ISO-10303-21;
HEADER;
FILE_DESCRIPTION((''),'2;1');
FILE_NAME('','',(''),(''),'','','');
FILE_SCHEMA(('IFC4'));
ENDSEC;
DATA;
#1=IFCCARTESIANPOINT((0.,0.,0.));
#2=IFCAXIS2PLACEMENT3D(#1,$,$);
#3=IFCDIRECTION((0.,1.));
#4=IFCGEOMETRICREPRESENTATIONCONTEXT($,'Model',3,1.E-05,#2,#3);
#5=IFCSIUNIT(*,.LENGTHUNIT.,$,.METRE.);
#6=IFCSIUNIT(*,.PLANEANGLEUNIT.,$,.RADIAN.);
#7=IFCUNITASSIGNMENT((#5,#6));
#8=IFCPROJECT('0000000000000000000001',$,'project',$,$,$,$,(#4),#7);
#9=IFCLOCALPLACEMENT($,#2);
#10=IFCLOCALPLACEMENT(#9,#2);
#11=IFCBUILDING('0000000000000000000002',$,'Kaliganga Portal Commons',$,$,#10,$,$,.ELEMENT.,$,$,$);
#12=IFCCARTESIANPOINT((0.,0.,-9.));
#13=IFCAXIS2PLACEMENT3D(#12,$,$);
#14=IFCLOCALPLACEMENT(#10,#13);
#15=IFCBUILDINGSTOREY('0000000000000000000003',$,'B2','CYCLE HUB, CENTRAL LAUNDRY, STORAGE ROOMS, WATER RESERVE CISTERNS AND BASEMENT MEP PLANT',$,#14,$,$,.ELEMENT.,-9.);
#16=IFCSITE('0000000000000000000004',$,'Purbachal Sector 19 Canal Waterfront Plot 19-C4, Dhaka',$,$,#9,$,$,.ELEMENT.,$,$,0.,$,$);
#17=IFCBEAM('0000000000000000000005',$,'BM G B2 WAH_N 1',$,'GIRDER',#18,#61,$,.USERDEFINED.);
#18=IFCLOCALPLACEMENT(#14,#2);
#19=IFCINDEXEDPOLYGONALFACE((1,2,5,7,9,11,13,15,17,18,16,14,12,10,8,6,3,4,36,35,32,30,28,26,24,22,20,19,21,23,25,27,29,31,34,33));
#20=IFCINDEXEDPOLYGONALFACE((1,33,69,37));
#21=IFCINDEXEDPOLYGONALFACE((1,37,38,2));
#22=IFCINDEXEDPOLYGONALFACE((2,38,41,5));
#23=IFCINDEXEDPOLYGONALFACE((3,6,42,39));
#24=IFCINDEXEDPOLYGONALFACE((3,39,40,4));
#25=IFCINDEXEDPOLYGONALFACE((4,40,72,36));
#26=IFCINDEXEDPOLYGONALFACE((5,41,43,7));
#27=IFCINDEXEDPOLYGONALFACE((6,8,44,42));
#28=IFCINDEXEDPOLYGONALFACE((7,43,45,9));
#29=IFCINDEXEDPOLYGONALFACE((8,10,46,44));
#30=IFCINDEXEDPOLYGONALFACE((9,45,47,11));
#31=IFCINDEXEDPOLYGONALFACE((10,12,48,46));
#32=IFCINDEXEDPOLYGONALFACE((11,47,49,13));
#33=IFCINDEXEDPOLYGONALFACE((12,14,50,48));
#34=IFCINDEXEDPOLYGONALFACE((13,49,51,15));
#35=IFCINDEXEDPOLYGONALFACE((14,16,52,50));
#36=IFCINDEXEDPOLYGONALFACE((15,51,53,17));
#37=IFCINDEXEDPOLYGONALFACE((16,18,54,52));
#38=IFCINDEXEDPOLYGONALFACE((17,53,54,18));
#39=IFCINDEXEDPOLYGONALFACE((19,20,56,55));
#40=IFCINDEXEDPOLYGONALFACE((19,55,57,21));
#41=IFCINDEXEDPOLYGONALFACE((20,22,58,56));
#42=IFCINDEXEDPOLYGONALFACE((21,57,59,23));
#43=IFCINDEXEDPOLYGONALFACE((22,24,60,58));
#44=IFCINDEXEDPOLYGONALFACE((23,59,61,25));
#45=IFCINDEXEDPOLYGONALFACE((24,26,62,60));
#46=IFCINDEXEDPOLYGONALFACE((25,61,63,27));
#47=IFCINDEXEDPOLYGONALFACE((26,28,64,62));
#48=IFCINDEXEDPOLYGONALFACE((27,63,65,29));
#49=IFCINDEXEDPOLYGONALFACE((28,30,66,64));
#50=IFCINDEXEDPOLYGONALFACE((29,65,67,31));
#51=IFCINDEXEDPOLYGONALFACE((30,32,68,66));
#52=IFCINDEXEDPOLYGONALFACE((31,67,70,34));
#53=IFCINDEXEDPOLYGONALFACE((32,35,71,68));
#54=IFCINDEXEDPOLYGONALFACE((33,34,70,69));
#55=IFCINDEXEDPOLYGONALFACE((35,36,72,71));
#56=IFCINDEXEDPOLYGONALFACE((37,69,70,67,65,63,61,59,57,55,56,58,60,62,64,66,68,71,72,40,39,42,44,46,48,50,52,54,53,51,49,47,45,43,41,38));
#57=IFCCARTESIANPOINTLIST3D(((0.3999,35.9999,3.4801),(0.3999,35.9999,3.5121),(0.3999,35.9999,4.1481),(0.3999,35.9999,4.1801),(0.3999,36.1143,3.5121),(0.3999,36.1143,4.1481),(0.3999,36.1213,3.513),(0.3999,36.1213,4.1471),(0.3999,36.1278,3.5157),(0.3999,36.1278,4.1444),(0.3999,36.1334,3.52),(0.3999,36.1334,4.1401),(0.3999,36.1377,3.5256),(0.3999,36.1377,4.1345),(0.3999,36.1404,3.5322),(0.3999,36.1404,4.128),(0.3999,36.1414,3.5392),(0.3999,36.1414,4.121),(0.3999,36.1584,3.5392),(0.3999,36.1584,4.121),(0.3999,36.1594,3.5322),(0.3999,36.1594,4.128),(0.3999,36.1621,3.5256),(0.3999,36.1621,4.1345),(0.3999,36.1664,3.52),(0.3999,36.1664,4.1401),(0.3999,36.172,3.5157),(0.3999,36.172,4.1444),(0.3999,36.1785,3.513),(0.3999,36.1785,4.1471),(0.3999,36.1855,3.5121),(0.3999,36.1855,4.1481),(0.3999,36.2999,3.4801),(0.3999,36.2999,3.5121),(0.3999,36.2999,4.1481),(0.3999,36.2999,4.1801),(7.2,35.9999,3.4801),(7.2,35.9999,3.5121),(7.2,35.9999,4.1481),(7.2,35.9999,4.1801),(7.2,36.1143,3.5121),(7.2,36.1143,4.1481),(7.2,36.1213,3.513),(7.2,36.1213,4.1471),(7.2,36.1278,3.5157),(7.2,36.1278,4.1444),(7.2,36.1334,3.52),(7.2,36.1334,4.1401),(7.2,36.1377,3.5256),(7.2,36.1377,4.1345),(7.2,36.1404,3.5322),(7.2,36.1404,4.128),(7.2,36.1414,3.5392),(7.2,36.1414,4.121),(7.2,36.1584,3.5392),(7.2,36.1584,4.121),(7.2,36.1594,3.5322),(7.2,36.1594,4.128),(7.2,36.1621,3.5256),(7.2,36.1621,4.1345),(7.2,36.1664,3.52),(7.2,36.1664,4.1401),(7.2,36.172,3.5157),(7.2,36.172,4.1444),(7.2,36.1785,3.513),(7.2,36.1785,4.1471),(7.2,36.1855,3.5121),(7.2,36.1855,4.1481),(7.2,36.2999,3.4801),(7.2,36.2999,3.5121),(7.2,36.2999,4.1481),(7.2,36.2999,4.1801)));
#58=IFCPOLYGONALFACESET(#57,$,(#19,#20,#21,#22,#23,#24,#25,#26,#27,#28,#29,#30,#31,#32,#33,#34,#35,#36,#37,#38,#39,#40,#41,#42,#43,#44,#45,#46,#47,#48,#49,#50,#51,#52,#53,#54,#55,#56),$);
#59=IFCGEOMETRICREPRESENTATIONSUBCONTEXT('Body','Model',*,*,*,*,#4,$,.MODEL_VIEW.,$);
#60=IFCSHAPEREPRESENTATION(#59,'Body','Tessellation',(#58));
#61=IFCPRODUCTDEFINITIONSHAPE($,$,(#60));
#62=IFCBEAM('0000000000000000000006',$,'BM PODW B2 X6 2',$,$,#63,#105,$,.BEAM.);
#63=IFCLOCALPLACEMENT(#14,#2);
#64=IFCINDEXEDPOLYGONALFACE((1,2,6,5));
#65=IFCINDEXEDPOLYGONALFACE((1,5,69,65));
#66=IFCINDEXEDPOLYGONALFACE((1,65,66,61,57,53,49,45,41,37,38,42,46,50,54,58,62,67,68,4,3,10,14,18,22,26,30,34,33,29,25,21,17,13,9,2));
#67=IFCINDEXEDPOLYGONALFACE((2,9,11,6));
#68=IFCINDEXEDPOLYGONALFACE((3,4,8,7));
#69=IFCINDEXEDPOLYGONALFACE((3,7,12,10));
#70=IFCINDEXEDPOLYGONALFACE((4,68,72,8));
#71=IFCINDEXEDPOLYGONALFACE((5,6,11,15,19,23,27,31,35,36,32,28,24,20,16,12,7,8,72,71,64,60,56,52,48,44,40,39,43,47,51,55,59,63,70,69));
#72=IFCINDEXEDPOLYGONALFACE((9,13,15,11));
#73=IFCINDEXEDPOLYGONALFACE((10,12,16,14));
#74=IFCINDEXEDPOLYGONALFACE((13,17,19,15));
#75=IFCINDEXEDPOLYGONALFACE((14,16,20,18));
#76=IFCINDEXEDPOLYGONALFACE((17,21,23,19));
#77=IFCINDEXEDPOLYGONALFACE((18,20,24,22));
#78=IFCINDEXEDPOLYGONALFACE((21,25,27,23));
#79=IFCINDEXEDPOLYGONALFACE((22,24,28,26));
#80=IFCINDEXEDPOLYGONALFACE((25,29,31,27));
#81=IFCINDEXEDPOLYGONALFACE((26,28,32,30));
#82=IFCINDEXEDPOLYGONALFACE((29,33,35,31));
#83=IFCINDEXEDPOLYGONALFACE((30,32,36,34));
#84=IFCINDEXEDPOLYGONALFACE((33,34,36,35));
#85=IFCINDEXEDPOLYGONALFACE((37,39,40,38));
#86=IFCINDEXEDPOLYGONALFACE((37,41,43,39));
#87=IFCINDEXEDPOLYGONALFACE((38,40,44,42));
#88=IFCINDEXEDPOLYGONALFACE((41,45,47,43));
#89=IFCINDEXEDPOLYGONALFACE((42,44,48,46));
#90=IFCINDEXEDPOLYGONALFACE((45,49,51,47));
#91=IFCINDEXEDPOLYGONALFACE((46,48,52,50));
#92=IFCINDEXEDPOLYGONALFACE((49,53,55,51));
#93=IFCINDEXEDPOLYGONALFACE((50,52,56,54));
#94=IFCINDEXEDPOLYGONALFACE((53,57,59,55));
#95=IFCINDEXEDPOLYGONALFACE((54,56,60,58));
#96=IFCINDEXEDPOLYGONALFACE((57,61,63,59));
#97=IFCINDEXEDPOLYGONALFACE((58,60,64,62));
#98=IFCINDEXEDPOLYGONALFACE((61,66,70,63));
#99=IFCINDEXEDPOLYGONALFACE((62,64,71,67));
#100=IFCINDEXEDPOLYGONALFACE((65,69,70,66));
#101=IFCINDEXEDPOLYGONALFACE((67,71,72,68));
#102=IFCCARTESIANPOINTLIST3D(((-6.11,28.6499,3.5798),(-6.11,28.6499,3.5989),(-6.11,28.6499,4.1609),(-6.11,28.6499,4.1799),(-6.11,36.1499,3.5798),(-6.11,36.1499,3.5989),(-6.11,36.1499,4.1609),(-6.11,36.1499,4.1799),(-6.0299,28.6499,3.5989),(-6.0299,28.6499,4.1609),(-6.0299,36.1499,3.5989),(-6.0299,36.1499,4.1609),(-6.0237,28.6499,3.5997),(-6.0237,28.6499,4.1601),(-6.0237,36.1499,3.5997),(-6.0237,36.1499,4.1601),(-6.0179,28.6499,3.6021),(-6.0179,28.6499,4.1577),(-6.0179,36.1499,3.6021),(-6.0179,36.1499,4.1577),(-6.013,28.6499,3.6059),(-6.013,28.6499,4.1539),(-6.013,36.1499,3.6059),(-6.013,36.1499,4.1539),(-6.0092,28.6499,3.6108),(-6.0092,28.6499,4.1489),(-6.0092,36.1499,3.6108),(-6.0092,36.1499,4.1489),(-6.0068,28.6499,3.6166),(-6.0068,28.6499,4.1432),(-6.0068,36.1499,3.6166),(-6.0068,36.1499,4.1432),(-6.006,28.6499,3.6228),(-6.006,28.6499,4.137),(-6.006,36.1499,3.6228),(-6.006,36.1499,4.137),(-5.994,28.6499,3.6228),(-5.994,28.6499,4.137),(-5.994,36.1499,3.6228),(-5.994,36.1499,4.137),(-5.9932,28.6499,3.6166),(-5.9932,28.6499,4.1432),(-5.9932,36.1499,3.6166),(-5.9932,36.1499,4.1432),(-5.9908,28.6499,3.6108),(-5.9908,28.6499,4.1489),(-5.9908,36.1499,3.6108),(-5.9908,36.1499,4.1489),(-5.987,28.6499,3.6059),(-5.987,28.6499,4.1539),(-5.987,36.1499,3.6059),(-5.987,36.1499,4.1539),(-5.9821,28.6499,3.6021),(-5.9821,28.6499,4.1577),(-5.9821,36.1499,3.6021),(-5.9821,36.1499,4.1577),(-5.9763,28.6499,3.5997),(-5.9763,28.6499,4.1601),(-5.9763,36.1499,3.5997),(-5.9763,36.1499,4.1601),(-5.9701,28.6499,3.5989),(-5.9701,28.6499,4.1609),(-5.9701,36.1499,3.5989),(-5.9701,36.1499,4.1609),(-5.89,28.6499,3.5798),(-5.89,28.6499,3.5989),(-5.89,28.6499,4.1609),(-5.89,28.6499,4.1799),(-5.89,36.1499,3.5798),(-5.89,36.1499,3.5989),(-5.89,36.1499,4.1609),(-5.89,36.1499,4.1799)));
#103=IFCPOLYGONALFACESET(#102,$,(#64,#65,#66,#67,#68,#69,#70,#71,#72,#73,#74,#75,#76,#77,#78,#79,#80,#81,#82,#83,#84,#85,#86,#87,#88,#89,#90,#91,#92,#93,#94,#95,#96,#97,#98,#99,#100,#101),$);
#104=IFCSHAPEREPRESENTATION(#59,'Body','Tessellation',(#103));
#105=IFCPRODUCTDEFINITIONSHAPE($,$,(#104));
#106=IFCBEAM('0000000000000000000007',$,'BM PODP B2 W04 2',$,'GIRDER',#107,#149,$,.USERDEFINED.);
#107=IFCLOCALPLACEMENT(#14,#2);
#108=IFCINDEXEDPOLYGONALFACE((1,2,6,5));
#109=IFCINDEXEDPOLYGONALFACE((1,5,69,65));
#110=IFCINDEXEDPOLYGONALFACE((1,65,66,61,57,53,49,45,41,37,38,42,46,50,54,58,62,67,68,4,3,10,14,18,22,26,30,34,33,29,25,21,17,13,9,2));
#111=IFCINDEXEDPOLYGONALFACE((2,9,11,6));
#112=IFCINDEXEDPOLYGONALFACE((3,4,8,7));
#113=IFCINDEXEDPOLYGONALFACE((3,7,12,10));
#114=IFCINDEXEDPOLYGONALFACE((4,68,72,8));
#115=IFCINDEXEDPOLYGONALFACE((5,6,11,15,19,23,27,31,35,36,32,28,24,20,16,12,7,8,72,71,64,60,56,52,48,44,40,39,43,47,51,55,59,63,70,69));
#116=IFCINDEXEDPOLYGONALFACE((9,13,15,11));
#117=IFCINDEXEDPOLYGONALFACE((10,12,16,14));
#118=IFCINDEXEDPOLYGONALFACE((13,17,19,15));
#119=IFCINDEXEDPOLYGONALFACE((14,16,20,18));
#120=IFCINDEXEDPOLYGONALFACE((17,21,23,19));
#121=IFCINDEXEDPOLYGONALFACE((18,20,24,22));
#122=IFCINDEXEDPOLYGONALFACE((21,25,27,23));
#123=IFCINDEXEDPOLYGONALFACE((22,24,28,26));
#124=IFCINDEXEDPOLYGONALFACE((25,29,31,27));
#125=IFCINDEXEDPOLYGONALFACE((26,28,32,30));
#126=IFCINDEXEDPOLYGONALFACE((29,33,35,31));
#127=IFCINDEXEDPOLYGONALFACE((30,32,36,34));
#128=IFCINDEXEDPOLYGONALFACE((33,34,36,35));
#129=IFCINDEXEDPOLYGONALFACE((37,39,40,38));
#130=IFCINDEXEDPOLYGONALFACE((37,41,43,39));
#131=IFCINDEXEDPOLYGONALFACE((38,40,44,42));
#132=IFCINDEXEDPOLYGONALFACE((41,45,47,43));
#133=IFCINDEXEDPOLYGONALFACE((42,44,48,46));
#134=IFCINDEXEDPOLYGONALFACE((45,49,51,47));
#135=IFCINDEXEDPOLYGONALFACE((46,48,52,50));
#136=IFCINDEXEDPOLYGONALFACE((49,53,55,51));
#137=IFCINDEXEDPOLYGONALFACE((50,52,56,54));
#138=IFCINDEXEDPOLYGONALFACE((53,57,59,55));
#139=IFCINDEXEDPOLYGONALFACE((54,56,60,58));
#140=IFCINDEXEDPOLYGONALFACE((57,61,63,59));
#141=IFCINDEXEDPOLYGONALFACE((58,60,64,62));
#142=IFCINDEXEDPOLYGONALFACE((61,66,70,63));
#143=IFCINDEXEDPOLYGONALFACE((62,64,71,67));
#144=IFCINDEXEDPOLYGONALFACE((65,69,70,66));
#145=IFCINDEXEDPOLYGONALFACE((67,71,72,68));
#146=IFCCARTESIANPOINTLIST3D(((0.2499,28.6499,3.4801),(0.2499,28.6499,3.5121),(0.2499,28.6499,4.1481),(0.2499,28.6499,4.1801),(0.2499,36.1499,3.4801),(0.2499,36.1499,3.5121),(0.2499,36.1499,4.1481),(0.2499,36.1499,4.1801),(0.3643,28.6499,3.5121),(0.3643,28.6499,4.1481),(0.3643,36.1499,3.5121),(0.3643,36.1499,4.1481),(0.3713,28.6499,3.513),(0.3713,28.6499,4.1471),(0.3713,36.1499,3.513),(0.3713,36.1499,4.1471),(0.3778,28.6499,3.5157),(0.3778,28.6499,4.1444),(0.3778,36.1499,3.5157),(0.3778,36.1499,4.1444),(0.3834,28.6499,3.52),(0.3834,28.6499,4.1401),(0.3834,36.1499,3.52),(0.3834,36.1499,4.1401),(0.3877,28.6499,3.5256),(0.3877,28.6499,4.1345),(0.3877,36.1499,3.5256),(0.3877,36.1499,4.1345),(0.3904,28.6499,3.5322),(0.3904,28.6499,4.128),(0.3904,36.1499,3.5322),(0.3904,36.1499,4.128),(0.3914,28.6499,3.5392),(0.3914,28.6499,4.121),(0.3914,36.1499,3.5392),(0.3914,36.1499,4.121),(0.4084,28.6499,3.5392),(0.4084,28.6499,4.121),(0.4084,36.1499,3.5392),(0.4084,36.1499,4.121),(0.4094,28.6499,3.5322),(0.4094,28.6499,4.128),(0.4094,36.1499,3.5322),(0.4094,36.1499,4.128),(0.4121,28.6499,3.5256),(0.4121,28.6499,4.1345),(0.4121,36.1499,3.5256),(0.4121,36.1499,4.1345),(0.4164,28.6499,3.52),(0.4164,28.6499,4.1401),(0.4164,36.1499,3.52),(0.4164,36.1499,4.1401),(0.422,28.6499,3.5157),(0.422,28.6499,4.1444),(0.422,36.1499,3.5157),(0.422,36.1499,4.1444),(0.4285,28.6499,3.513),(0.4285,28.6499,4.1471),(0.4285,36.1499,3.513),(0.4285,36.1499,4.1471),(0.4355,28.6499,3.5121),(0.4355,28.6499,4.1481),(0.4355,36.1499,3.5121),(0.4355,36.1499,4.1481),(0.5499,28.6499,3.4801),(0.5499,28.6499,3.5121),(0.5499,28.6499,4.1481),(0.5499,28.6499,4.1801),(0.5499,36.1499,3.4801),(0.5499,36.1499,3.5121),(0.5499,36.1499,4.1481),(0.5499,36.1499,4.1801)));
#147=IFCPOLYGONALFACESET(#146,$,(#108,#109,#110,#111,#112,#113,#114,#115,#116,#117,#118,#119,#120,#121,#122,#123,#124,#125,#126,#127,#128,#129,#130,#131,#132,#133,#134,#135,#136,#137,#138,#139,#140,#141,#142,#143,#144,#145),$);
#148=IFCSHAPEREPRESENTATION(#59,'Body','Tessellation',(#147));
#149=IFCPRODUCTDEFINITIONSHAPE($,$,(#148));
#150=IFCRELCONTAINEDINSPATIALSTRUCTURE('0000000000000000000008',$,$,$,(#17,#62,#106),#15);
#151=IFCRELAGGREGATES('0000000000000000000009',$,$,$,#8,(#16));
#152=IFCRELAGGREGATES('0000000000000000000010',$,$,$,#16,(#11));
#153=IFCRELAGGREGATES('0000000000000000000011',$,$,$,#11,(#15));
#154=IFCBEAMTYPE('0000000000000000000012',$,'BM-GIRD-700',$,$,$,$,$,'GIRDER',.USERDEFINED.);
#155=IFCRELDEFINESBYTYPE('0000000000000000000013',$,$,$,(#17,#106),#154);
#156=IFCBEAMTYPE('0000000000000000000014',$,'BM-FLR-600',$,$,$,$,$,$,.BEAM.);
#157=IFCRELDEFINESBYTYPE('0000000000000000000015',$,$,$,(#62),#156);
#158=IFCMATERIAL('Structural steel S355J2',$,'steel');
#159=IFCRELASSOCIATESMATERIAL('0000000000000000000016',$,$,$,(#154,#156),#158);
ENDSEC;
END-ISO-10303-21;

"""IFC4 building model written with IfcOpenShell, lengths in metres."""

from ifc_helpers import new_model, si_unit, direction, frame, origin, origin_2d, place, context, subcontext, project, spatial, i_section, extrude, source, transform, mapped, material, material_profile, profile_set, type_object, element, save


model = new_model("IFC4")

# Units and contexts
model_context = context("Model", 3, precision=1e-05, world=origin(), true_north=direction((0.0, 1.0)))
body_context = subcontext(model_context, "Body", "Model", "MODEL_VIEW")
ifc_project = project(units=[si_unit("LENGTHUNIT", "METRE"), si_unit("PLANEANGLEUNIT", "RADIAN")], contexts=[model_context])

# Site, building, storey
site_placement = place(None, origin())
site = spatial("IfcSite", under=ifc_project, at=site_placement, Name="Purbachal Sector 19 Canal Waterfront Plot 19-C4, Dhaka", CompositionType="ELEMENT", RefElevation=0.0)
building_placement = place(site_placement, origin())
building = spatial("IfcBuilding", under=site, at=building_placement, Name="Kaliganga Portal Commons", CompositionType="ELEMENT")
storey_placement = place(building_placement, frame((0.0, 0.0, -9.0)))
storey = spatial("IfcBuildingStorey", under=building, at=storey_placement, Name="B2", Description="CYCLE HUB, CENTRAL LAUNDRY, STORAGE ROOMS, WATER RESERVE CISTERNS AND BASEMENT MEP PLANT", CompositionType="ELEMENT", Elevation=-9.0)

# Beams
ifc_material_1 = material(Name="Structural steel S355J2", Category="steel")
ifc_material_profile_1 = material_profile(ifc_material_1, i_section(OverallWidth=0.3, OverallDepth=0.7, WebThickness=0.0171, FlangeThickness=0.032, FilletRadius=0.0271, at=origin_2d()), Name="HE 700 B")
ifc_profile_set_1 = profile_set([ifc_material_profile_1], Name="Structural steel S355J2 wide-flange")
beam_type_1 = type_object("IfcBeamType", Name="BM-GIRD-700", ElementType="GIRDER", PredefinedType="USERDEFINED", material=ifc_profile_set_1)
shared_shape_1 = source(origin(), body_context, "Body", "SweptSolid", [
    extrude(i_section(OverallWidth=0.3, OverallDepth=0.7, WebThickness=0.0171, FlangeThickness=0.032, FilletRadius=0.0271, at=origin_2d()), origin(), (0.0, 0.0, 1.0), 6.8),
])
for number, where, z_axis, x_axis, name in (
    (1, (0.3999, 36.1499, 3.8301), (1.0, 0.0, 0.0), (0.0, 1.0, 0.0), "BM G B2 WAH_N 1"),
):
    element("IfcBeam", number, at=place(storey_placement, frame(where, z_axis=z_axis, x_axis=x_axis)), inside=storey, type_object=beam_type_1, Name=name, ObjectType="GIRDER", PredefinedType="USERDEFINED", context=body_context, shape_type="MappedRepresentation", body=[
        mapped(shared_shape_1, transform((0.0, 0.0, 0.0), x_axis=(1.0, 0.0, 0.0), y_axis=(0.0, 1.0, 0.0), z_axis=(0.0, 0.0, 1.0), scale=1.0)),
    ])
ifc_material_profile_2 = material_profile(ifc_material_1, i_section(OverallWidth=0.22, OverallDepth=0.6001, WebThickness=0.012, FlangeThickness=0.019, FilletRadius=0.0239, at=origin_2d()), Name="IPE 600")
ifc_profile_set_2 = profile_set([ifc_material_profile_2], Name="Structural steel S355J2 wide-flange")
beam_type_2 = type_object("IfcBeamType", Name="BM-FLR-600", PredefinedType="BEAM", material=ifc_profile_set_2)
shared_shape_2 = source(origin(), body_context, "Body", "SweptSolid", [
    extrude(i_section(OverallWidth=0.22, OverallDepth=0.6001, WebThickness=0.012, FlangeThickness=0.019, FilletRadius=0.0239, at=origin_2d()), origin(), (0.0, 0.0, 1.0), 7.5),
])
beam_1_placement = place(storey_placement, frame((-6.0, 28.6499, 3.8799), z_axis=(0.0, 1.0, 0.0), x_axis=(-1.0, 0.0, 0.0)))
element("IfcBeam", 2, at=beam_1_placement, inside=storey, type_object=beam_type_2, Name="BM PODW B2 X6 2", PredefinedType="BEAM", context=body_context, shape_type="MappedRepresentation", body=[
    mapped(shared_shape_2, transform((0.0, 0.0, 0.0), x_axis=(1.0, 0.0, 0.0), y_axis=(0.0, 1.0, 0.0), z_axis=(0.0, 0.0, 1.0), scale=1.0)),
])
shared_shape_3 = source(origin(), body_context, "Body", "SweptSolid", [
    extrude(i_section(OverallWidth=0.3, OverallDepth=0.7, WebThickness=0.0171, FlangeThickness=0.032, FilletRadius=0.0271, at=origin_2d()), origin(), (0.0, 0.0, 1.0), 7.5),
])
beam_2_placement = place(storey_placement, frame((0.3999, 28.6499, 3.8301), z_axis=(0.0, 1.0, 0.0), x_axis=(-1.0, 0.0, 0.0)))
element("IfcBeam", 3, at=beam_2_placement, inside=storey, type_object=beam_type_1, Name="BM PODP B2 W04 2", ObjectType="GIRDER", PredefinedType="USERDEFINED", context=body_context, shape_type="MappedRepresentation", body=[
    mapped(shared_shape_3, transform((0.0, 0.0, 0.0), x_axis=(1.0, 0.0, 0.0), y_axis=(0.0, 1.0, 0.0), z_axis=(0.0, 0.0, 1.0), scale=1.0)),
])

save(model, "model.ifc")
